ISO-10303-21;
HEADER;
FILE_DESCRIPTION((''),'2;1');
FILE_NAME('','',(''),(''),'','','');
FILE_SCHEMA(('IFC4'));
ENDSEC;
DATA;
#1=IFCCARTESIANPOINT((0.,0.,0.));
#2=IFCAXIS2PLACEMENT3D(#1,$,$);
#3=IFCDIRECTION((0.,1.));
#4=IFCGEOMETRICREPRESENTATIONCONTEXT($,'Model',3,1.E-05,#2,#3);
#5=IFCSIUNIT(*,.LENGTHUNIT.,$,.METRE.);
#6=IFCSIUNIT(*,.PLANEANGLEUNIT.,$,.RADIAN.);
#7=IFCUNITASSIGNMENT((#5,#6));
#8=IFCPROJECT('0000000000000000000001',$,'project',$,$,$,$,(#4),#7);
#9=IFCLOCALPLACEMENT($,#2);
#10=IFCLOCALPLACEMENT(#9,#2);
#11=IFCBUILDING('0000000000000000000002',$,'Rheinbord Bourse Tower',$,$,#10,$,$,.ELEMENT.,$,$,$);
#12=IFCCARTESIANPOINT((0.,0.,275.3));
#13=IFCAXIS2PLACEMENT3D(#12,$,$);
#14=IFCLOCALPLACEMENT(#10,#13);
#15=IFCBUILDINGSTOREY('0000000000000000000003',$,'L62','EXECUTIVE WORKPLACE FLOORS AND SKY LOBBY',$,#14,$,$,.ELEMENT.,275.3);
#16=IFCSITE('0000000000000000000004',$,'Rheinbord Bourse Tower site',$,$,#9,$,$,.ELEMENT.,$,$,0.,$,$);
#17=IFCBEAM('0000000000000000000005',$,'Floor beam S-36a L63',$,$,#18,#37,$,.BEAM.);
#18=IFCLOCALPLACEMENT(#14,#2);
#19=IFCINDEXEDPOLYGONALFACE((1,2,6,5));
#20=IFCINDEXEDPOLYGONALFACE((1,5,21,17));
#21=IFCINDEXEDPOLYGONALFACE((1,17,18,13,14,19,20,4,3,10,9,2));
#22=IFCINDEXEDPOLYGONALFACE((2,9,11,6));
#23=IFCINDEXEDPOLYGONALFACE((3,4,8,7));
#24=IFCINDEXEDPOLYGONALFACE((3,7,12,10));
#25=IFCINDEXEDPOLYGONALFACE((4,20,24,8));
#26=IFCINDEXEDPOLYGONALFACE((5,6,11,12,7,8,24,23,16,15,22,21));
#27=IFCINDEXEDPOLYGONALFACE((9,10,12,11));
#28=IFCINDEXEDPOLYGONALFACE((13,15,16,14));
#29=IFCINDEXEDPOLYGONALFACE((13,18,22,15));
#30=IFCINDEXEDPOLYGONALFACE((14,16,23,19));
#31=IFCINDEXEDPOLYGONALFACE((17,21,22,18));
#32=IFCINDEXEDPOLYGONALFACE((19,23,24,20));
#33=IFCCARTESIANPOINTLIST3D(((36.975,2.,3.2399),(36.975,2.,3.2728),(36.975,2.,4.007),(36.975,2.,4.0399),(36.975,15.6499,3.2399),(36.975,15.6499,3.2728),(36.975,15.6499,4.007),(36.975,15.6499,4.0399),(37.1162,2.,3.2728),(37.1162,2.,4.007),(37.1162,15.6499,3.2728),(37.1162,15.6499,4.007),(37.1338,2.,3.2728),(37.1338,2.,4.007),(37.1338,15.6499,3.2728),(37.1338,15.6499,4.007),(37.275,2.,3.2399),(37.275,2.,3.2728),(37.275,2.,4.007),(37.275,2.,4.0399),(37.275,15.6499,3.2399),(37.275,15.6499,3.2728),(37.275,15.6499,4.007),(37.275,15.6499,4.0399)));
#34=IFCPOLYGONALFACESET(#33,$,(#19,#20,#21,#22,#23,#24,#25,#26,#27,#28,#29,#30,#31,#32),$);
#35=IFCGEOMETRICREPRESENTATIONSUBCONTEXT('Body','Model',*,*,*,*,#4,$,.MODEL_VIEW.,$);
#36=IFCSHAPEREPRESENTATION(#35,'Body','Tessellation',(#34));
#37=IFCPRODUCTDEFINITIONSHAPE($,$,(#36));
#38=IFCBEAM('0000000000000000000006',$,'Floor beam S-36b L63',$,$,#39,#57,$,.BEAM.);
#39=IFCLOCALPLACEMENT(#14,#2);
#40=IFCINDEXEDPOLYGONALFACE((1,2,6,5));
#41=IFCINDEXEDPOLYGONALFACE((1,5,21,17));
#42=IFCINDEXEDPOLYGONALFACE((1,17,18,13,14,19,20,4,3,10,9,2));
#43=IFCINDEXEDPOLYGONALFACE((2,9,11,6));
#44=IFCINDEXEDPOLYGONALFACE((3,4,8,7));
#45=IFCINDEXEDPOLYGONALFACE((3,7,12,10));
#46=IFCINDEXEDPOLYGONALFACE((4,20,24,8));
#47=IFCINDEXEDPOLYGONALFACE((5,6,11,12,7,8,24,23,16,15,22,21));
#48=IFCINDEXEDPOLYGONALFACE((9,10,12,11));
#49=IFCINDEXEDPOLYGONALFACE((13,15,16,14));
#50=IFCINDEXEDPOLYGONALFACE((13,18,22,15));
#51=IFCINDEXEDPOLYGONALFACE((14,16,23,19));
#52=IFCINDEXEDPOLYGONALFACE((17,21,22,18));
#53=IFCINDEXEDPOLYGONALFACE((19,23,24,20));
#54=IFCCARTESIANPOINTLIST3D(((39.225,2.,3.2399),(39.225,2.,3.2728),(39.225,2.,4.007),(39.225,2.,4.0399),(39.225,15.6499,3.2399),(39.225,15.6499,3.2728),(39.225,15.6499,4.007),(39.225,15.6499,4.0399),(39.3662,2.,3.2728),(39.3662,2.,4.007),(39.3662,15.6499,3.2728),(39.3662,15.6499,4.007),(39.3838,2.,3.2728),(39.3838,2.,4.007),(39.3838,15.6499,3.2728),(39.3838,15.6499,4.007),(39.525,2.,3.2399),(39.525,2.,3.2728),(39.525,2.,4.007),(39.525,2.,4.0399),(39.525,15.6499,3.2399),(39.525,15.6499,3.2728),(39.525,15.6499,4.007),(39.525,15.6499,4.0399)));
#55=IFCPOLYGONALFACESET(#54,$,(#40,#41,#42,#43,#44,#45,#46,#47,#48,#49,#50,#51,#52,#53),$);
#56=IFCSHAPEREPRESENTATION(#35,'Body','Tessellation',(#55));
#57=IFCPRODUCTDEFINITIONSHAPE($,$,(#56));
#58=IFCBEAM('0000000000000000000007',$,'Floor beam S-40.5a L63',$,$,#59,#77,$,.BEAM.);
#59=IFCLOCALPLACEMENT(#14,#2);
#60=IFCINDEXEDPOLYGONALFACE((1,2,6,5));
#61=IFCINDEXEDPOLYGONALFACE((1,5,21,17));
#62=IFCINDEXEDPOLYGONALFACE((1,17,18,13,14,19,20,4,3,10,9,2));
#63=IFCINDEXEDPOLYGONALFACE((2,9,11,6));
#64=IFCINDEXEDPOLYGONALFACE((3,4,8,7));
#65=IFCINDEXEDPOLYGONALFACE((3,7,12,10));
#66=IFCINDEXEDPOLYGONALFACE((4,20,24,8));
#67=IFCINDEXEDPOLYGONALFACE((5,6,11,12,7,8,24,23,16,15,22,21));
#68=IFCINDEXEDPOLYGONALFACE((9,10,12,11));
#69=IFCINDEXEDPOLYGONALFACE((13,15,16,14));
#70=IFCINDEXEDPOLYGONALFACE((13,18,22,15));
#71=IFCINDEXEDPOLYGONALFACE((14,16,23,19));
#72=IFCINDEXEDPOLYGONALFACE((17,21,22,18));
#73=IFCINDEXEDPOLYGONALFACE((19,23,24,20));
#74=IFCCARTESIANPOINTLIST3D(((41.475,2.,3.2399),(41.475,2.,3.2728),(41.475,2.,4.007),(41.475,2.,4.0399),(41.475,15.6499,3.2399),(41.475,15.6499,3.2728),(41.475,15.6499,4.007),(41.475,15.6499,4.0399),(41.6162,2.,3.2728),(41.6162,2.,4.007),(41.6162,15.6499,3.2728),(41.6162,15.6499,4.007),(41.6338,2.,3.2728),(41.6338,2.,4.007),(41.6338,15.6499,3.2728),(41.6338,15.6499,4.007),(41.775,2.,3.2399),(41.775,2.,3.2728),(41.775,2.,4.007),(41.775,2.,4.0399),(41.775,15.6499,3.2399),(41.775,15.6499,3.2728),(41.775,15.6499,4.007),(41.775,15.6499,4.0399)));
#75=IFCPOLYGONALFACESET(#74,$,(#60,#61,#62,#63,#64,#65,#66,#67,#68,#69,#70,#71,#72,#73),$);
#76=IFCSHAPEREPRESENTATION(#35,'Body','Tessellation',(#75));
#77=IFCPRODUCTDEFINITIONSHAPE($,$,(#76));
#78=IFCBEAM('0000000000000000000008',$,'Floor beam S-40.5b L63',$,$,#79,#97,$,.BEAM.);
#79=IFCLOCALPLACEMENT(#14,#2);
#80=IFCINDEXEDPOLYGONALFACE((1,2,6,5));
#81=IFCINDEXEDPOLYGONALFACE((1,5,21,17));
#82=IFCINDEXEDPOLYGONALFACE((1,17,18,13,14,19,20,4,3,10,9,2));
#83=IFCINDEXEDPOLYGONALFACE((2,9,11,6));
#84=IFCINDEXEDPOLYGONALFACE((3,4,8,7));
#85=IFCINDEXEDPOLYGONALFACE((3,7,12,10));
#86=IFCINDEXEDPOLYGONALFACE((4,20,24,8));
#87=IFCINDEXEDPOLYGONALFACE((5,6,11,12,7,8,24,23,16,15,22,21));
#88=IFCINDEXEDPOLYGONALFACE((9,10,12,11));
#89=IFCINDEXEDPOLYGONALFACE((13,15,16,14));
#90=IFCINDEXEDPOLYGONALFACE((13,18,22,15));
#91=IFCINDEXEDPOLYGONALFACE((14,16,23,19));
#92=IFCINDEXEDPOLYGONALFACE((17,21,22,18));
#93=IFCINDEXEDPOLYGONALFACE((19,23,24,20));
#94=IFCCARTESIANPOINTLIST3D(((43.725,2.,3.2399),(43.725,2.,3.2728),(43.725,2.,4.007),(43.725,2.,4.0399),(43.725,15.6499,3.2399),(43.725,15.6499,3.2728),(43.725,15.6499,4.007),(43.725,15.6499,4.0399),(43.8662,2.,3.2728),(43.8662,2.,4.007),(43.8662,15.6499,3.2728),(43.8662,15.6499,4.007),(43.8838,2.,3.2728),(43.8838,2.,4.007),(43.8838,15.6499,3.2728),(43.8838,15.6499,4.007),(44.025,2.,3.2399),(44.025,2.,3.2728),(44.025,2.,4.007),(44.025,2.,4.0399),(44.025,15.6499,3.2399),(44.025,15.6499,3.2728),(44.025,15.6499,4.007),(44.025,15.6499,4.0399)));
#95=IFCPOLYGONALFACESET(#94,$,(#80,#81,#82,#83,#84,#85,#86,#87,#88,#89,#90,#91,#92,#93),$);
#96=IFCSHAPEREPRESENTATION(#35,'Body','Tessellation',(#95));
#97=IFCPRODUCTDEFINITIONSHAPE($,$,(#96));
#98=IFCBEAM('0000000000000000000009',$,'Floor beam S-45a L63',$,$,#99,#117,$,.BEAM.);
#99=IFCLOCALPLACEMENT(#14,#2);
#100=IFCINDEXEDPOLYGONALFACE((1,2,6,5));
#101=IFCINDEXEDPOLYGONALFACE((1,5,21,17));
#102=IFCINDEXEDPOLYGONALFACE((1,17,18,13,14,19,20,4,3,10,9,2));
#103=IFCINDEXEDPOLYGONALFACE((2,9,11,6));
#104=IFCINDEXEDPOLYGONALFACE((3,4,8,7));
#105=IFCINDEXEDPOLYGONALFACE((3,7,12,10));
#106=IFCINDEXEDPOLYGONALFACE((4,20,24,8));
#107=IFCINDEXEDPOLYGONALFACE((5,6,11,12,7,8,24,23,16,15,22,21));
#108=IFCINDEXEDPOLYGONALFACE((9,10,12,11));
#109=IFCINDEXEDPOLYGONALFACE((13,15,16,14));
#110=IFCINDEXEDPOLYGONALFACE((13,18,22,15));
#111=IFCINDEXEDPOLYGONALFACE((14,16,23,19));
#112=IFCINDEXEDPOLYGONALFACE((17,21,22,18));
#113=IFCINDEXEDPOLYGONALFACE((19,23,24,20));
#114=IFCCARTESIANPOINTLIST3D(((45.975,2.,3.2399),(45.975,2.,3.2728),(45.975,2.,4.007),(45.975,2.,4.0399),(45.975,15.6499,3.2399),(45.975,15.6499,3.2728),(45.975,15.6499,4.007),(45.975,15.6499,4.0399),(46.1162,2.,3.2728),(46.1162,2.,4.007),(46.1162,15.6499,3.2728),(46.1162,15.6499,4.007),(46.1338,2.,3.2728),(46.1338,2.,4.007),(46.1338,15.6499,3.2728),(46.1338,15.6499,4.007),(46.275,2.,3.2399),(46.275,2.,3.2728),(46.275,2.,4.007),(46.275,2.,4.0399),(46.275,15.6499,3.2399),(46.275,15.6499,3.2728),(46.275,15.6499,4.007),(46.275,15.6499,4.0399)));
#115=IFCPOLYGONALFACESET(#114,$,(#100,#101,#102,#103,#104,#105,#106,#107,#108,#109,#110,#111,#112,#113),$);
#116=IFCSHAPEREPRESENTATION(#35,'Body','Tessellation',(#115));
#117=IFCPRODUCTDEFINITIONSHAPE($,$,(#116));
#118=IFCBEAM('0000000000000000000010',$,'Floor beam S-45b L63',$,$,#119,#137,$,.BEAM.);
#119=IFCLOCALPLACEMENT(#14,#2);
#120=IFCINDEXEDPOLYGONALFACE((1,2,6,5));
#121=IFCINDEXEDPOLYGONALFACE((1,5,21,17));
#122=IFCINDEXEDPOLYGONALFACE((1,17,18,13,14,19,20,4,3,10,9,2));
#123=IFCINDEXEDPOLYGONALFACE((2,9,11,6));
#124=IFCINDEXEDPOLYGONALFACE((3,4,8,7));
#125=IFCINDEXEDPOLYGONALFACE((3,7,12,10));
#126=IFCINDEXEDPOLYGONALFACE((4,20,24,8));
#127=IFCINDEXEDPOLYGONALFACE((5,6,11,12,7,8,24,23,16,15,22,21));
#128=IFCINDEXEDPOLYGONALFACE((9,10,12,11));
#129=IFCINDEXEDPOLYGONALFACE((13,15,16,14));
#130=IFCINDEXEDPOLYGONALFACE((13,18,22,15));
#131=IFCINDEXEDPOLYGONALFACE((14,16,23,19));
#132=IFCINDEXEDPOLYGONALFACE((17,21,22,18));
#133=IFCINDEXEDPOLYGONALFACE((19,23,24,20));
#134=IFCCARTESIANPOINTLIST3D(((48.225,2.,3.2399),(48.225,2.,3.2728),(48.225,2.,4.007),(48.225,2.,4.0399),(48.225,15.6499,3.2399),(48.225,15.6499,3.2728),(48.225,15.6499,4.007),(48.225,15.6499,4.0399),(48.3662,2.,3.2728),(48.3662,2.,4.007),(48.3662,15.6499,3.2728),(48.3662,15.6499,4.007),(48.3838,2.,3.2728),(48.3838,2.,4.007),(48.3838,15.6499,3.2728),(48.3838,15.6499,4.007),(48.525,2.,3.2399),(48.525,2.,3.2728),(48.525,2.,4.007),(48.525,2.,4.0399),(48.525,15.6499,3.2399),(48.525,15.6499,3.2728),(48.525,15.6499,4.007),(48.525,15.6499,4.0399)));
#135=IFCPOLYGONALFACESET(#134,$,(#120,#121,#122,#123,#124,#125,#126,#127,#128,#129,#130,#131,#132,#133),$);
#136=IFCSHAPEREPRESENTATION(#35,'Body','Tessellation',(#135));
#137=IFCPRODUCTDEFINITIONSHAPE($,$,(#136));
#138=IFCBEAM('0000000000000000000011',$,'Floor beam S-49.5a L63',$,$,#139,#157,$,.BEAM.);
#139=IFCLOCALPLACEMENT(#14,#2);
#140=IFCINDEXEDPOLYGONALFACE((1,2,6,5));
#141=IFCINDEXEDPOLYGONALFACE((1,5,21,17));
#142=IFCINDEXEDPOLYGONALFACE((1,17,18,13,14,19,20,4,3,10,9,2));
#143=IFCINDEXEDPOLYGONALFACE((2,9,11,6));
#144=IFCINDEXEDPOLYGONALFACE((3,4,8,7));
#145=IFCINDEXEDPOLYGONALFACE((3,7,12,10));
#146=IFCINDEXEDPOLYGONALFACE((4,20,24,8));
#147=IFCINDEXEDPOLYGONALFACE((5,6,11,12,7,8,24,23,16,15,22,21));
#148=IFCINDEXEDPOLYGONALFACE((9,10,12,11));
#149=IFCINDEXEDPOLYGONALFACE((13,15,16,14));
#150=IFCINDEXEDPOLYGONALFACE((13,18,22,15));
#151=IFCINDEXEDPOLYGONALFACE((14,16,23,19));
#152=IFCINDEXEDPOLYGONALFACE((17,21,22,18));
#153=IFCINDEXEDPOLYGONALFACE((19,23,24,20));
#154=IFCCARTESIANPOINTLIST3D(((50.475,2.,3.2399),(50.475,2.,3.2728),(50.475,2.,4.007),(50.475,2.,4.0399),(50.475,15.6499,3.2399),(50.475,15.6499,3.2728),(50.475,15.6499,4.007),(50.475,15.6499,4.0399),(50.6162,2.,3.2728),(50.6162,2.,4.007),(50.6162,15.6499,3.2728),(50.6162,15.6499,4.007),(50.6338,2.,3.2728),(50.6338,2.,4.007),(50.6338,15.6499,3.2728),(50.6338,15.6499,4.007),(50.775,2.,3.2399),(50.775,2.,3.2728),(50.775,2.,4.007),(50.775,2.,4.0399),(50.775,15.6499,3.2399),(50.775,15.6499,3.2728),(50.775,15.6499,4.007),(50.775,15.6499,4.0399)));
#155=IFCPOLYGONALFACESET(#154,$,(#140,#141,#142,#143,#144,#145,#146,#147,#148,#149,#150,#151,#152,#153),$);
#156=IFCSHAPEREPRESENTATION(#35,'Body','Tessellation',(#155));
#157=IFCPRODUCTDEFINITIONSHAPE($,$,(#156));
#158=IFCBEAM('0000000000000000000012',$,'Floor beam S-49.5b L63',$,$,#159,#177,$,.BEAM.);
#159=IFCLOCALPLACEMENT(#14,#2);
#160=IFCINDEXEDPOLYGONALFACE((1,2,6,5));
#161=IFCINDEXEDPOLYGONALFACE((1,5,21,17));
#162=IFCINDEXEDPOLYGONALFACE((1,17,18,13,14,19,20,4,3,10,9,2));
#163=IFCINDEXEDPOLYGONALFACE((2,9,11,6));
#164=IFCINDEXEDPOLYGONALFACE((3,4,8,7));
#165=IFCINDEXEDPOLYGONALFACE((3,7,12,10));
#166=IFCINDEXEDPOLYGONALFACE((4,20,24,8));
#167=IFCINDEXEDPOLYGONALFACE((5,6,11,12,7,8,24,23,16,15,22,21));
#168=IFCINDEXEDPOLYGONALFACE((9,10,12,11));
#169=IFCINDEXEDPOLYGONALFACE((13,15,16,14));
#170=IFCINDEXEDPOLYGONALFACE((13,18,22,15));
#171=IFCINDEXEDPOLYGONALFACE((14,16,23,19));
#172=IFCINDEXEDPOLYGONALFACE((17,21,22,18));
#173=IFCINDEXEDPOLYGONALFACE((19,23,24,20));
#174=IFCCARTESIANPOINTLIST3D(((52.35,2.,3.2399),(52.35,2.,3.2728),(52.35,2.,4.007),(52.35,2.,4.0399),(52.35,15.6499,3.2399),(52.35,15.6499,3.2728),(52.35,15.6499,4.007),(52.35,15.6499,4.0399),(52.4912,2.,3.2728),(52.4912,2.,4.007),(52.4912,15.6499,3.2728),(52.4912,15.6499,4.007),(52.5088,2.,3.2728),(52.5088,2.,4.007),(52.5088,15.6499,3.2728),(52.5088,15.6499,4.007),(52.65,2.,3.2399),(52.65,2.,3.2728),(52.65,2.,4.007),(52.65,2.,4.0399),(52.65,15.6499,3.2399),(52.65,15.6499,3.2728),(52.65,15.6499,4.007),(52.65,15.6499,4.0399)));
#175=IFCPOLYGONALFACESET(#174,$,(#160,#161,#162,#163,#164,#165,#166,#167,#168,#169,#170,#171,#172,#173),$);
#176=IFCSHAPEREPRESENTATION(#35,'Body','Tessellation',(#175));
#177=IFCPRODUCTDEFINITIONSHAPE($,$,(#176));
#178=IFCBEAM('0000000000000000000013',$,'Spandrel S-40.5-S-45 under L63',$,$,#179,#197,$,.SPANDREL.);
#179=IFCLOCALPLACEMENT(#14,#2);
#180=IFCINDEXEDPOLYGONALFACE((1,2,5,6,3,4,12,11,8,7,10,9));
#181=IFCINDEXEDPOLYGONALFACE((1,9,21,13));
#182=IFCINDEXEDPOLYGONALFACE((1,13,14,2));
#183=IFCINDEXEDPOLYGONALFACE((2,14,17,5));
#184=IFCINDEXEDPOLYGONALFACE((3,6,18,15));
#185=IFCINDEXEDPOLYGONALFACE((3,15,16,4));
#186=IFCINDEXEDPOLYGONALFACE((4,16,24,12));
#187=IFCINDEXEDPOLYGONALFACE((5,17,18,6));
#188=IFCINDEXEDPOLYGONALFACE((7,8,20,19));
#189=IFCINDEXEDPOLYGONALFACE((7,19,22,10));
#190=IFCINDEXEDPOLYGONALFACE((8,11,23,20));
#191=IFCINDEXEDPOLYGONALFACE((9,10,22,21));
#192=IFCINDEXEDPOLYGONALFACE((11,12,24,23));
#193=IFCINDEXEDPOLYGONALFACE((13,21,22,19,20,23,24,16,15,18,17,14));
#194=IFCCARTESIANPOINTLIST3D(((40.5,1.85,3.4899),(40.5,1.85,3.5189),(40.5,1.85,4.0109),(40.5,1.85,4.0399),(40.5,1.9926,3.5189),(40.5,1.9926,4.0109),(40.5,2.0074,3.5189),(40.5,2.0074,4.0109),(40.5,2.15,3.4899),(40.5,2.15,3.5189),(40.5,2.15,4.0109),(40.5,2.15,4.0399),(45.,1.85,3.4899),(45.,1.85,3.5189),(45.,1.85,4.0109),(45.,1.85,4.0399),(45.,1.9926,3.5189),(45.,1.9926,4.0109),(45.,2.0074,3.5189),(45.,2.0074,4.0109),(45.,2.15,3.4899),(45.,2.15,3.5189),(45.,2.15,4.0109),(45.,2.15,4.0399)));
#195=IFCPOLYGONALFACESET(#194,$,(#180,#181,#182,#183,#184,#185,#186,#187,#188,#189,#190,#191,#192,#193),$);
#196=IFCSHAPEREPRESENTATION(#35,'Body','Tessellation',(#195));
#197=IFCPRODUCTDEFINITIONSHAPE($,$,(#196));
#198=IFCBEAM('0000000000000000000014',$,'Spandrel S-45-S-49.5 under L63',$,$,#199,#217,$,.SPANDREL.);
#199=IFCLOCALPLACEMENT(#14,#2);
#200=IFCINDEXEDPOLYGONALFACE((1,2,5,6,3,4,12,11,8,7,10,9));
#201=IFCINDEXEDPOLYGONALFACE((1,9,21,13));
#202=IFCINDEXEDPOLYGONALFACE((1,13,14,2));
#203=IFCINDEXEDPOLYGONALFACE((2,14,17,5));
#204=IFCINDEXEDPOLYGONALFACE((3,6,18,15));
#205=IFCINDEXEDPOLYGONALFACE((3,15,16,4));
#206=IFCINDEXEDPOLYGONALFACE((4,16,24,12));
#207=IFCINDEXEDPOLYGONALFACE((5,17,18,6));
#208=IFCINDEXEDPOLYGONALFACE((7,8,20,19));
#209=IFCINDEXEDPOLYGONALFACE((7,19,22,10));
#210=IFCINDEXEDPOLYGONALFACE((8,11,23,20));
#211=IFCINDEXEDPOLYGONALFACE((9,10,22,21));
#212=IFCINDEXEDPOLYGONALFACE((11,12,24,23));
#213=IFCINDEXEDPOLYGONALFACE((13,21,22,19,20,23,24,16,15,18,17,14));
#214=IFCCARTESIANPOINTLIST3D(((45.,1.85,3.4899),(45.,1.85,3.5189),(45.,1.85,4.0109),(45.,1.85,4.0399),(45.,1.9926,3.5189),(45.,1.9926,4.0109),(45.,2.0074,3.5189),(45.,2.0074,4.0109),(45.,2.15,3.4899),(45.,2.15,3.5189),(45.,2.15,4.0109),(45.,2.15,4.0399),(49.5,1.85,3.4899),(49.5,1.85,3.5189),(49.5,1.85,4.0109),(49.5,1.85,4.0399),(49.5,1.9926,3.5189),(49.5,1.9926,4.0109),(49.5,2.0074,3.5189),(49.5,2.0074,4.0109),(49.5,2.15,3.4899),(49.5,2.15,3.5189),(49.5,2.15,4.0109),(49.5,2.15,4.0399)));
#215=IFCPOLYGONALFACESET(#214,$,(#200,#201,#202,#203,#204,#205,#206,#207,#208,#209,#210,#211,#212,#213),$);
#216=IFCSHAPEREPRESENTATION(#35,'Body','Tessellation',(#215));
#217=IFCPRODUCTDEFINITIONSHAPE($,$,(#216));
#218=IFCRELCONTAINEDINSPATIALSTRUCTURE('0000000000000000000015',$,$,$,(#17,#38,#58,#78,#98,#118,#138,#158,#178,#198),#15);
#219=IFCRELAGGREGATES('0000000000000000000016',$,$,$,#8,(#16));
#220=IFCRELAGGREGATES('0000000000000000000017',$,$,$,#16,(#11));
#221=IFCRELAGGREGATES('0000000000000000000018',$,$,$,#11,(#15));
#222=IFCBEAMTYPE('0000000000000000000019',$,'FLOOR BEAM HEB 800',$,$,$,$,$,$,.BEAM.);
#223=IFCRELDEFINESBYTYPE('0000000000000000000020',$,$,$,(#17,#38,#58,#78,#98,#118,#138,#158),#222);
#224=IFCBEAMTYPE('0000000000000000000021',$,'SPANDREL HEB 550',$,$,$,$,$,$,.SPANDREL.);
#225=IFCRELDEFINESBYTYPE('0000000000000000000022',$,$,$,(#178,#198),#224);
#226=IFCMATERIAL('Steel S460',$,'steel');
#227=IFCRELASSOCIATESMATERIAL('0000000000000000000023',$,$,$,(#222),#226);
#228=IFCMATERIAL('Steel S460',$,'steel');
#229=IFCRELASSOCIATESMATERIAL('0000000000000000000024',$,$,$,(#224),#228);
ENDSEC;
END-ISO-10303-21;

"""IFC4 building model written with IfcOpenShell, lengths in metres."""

from ifc_helpers import new_model, si_unit, direction, frame, origin, origin_2d, place, context, subcontext, project, spatial, i_section, extrude, material, material_profile, profile_set, type_object, element, save


model = new_model("IFC4")

# Units and contexts
model_context = context("Model", 3, precision=1e-05, world=origin(), true_north=direction((0.0, 1.0)))
body_context = subcontext(model_context, "Body", "Model", "MODEL_VIEW")
ifc_project = project(units=[si_unit("LENGTHUNIT", "METRE"), si_unit("PLANEANGLEUNIT", "RADIAN")], contexts=[model_context])

# Site, building, storey
site_placement = place(None, origin())
site = spatial("IfcSite", under=ifc_project, at=site_placement, Name="Rheinbord Bourse Tower site", CompositionType="ELEMENT", RefElevation=0.0)
building_placement = place(site_placement, origin())
building = spatial("IfcBuilding", under=site, at=building_placement, Name="Rheinbord Bourse Tower", CompositionType="ELEMENT")
storey_placement = place(building_placement, frame((0.0, 0.0, 275.3)))
storey = spatial("IfcBuildingStorey", under=building, at=storey_placement, Name="L62", Description="EXECUTIVE WORKPLACE FLOORS AND SKY LOBBY", CompositionType="ELEMENT", Elevation=275.3)

# Beams
ifc_material_1 = material(Name="Steel S460", Category="steel")
ifc_material_profile_1 = material_profile(ifc_material_1, i_section(OverallWidth=0.3, OverallDepth=0.8, WebThickness=0.0176, FlangeThickness=0.033, at=origin_2d()), Name="HEB 800")
ifc_profile_set_1 = profile_set([ifc_material_profile_1], Name="Steel S460")
beam_type_1 = type_object("IfcBeamType", Name="FLOOR BEAM HEB 800", PredefinedType="BEAM", material=ifc_profile_set_1)
for number, where, z_axis, x_axis, name in (
    (1, (37.125, 2.0, 3.6399), (0.0, 1.0, 0.0), (-1.0, 0.0, 0.0), "Floor beam S-36a L63"),
    (2, (39.375, 2.0, 3.6399), (0.0, 1.0, 0.0), (-1.0, 0.0, 0.0), "Floor beam S-36b L63"),
    (3, (41.625, 2.0, 3.6399), (0.0, 1.0, 0.0), (-1.0, 0.0, 0.0), "Floor beam S-40.5a L63"),
    (4, (43.875, 2.0, 3.6399), (0.0, 1.0, 0.0), (-1.0, 0.0, 0.0), "Floor beam S-40.5b L63"),
    (5, (46.125, 2.0, 3.6399), (0.0, 1.0, 0.0), (-1.0, 0.0, 0.0), "Floor beam S-45a L63"),
    (6, (48.375, 2.0, 3.6399), (0.0, 1.0, 0.0), (-1.0, 0.0, 0.0), "Floor beam S-45b L63"),
    (7, (50.625, 2.0, 3.6399), (0.0, 1.0, 0.0), (-1.0, 0.0, 0.0), "Floor beam S-49.5a L63"),
    (8, (52.5, 2.0, 3.6399), (0.0, 1.0, 0.0), (-1.0, 0.0, 0.0), "Floor beam S-49.5b L63"),
):
    element("IfcBeam", number, at=place(storey_placement, frame(where, z_axis=z_axis, x_axis=x_axis)), inside=storey, type_object=beam_type_1, Name=name, PredefinedType="BEAM", context=body_context, shape_type="SweptSolid", body=[
        extrude(i_section(OverallWidth=0.3, OverallDepth=0.8, WebThickness=0.0176, FlangeThickness=0.033, at=origin_2d()), origin(), (0.0, 0.0, 1.0), 13.6499),
    ])
ifc_material_2 = material(Name="Steel S460", Category="steel")
ifc_material_profile_2 = material_profile(ifc_material_2, i_section(OverallWidth=0.3, OverallDepth=0.55, WebThickness=0.0149, FlangeThickness=0.0291, at=origin_2d()), Name="HEB 550")
ifc_profile_set_2 = profile_set([ifc_material_profile_2], Name="Steel S460")
beam_type_2 = type_object("IfcBeamType", Name="SPANDREL HEB 550", PredefinedType="SPANDREL", material=ifc_profile_set_2)
for number, where, z_axis, x_axis, name in (
    (9, (40.5, 2.0, 3.7649), (1.0, 0.0, 0.0), (0.0, 1.0, 0.0), "Spandrel S-40.5-S-45 under L63"),
    (10, (45.0, 2.0, 3.7649), (1.0, 0.0, 0.0), (0.0, 1.0, 0.0), "Spandrel S-45-S-49.5 under L63"),
):
    element("IfcBeam", number, at=place(storey_placement, frame(where, z_axis=z_axis, x_axis=x_axis)), inside=storey, type_object=beam_type_2, Name=name, PredefinedType="SPANDREL", context=body_context, shape_type="SweptSolid", body=[
        extrude(i_section(OverallWidth=0.3, OverallDepth=0.55, WebThickness=0.0149, FlangeThickness=0.0291, at=origin_2d()), origin(), (0.0, 0.0, 1.0), 4.5),
    ])

save(model, "model.ifc")
